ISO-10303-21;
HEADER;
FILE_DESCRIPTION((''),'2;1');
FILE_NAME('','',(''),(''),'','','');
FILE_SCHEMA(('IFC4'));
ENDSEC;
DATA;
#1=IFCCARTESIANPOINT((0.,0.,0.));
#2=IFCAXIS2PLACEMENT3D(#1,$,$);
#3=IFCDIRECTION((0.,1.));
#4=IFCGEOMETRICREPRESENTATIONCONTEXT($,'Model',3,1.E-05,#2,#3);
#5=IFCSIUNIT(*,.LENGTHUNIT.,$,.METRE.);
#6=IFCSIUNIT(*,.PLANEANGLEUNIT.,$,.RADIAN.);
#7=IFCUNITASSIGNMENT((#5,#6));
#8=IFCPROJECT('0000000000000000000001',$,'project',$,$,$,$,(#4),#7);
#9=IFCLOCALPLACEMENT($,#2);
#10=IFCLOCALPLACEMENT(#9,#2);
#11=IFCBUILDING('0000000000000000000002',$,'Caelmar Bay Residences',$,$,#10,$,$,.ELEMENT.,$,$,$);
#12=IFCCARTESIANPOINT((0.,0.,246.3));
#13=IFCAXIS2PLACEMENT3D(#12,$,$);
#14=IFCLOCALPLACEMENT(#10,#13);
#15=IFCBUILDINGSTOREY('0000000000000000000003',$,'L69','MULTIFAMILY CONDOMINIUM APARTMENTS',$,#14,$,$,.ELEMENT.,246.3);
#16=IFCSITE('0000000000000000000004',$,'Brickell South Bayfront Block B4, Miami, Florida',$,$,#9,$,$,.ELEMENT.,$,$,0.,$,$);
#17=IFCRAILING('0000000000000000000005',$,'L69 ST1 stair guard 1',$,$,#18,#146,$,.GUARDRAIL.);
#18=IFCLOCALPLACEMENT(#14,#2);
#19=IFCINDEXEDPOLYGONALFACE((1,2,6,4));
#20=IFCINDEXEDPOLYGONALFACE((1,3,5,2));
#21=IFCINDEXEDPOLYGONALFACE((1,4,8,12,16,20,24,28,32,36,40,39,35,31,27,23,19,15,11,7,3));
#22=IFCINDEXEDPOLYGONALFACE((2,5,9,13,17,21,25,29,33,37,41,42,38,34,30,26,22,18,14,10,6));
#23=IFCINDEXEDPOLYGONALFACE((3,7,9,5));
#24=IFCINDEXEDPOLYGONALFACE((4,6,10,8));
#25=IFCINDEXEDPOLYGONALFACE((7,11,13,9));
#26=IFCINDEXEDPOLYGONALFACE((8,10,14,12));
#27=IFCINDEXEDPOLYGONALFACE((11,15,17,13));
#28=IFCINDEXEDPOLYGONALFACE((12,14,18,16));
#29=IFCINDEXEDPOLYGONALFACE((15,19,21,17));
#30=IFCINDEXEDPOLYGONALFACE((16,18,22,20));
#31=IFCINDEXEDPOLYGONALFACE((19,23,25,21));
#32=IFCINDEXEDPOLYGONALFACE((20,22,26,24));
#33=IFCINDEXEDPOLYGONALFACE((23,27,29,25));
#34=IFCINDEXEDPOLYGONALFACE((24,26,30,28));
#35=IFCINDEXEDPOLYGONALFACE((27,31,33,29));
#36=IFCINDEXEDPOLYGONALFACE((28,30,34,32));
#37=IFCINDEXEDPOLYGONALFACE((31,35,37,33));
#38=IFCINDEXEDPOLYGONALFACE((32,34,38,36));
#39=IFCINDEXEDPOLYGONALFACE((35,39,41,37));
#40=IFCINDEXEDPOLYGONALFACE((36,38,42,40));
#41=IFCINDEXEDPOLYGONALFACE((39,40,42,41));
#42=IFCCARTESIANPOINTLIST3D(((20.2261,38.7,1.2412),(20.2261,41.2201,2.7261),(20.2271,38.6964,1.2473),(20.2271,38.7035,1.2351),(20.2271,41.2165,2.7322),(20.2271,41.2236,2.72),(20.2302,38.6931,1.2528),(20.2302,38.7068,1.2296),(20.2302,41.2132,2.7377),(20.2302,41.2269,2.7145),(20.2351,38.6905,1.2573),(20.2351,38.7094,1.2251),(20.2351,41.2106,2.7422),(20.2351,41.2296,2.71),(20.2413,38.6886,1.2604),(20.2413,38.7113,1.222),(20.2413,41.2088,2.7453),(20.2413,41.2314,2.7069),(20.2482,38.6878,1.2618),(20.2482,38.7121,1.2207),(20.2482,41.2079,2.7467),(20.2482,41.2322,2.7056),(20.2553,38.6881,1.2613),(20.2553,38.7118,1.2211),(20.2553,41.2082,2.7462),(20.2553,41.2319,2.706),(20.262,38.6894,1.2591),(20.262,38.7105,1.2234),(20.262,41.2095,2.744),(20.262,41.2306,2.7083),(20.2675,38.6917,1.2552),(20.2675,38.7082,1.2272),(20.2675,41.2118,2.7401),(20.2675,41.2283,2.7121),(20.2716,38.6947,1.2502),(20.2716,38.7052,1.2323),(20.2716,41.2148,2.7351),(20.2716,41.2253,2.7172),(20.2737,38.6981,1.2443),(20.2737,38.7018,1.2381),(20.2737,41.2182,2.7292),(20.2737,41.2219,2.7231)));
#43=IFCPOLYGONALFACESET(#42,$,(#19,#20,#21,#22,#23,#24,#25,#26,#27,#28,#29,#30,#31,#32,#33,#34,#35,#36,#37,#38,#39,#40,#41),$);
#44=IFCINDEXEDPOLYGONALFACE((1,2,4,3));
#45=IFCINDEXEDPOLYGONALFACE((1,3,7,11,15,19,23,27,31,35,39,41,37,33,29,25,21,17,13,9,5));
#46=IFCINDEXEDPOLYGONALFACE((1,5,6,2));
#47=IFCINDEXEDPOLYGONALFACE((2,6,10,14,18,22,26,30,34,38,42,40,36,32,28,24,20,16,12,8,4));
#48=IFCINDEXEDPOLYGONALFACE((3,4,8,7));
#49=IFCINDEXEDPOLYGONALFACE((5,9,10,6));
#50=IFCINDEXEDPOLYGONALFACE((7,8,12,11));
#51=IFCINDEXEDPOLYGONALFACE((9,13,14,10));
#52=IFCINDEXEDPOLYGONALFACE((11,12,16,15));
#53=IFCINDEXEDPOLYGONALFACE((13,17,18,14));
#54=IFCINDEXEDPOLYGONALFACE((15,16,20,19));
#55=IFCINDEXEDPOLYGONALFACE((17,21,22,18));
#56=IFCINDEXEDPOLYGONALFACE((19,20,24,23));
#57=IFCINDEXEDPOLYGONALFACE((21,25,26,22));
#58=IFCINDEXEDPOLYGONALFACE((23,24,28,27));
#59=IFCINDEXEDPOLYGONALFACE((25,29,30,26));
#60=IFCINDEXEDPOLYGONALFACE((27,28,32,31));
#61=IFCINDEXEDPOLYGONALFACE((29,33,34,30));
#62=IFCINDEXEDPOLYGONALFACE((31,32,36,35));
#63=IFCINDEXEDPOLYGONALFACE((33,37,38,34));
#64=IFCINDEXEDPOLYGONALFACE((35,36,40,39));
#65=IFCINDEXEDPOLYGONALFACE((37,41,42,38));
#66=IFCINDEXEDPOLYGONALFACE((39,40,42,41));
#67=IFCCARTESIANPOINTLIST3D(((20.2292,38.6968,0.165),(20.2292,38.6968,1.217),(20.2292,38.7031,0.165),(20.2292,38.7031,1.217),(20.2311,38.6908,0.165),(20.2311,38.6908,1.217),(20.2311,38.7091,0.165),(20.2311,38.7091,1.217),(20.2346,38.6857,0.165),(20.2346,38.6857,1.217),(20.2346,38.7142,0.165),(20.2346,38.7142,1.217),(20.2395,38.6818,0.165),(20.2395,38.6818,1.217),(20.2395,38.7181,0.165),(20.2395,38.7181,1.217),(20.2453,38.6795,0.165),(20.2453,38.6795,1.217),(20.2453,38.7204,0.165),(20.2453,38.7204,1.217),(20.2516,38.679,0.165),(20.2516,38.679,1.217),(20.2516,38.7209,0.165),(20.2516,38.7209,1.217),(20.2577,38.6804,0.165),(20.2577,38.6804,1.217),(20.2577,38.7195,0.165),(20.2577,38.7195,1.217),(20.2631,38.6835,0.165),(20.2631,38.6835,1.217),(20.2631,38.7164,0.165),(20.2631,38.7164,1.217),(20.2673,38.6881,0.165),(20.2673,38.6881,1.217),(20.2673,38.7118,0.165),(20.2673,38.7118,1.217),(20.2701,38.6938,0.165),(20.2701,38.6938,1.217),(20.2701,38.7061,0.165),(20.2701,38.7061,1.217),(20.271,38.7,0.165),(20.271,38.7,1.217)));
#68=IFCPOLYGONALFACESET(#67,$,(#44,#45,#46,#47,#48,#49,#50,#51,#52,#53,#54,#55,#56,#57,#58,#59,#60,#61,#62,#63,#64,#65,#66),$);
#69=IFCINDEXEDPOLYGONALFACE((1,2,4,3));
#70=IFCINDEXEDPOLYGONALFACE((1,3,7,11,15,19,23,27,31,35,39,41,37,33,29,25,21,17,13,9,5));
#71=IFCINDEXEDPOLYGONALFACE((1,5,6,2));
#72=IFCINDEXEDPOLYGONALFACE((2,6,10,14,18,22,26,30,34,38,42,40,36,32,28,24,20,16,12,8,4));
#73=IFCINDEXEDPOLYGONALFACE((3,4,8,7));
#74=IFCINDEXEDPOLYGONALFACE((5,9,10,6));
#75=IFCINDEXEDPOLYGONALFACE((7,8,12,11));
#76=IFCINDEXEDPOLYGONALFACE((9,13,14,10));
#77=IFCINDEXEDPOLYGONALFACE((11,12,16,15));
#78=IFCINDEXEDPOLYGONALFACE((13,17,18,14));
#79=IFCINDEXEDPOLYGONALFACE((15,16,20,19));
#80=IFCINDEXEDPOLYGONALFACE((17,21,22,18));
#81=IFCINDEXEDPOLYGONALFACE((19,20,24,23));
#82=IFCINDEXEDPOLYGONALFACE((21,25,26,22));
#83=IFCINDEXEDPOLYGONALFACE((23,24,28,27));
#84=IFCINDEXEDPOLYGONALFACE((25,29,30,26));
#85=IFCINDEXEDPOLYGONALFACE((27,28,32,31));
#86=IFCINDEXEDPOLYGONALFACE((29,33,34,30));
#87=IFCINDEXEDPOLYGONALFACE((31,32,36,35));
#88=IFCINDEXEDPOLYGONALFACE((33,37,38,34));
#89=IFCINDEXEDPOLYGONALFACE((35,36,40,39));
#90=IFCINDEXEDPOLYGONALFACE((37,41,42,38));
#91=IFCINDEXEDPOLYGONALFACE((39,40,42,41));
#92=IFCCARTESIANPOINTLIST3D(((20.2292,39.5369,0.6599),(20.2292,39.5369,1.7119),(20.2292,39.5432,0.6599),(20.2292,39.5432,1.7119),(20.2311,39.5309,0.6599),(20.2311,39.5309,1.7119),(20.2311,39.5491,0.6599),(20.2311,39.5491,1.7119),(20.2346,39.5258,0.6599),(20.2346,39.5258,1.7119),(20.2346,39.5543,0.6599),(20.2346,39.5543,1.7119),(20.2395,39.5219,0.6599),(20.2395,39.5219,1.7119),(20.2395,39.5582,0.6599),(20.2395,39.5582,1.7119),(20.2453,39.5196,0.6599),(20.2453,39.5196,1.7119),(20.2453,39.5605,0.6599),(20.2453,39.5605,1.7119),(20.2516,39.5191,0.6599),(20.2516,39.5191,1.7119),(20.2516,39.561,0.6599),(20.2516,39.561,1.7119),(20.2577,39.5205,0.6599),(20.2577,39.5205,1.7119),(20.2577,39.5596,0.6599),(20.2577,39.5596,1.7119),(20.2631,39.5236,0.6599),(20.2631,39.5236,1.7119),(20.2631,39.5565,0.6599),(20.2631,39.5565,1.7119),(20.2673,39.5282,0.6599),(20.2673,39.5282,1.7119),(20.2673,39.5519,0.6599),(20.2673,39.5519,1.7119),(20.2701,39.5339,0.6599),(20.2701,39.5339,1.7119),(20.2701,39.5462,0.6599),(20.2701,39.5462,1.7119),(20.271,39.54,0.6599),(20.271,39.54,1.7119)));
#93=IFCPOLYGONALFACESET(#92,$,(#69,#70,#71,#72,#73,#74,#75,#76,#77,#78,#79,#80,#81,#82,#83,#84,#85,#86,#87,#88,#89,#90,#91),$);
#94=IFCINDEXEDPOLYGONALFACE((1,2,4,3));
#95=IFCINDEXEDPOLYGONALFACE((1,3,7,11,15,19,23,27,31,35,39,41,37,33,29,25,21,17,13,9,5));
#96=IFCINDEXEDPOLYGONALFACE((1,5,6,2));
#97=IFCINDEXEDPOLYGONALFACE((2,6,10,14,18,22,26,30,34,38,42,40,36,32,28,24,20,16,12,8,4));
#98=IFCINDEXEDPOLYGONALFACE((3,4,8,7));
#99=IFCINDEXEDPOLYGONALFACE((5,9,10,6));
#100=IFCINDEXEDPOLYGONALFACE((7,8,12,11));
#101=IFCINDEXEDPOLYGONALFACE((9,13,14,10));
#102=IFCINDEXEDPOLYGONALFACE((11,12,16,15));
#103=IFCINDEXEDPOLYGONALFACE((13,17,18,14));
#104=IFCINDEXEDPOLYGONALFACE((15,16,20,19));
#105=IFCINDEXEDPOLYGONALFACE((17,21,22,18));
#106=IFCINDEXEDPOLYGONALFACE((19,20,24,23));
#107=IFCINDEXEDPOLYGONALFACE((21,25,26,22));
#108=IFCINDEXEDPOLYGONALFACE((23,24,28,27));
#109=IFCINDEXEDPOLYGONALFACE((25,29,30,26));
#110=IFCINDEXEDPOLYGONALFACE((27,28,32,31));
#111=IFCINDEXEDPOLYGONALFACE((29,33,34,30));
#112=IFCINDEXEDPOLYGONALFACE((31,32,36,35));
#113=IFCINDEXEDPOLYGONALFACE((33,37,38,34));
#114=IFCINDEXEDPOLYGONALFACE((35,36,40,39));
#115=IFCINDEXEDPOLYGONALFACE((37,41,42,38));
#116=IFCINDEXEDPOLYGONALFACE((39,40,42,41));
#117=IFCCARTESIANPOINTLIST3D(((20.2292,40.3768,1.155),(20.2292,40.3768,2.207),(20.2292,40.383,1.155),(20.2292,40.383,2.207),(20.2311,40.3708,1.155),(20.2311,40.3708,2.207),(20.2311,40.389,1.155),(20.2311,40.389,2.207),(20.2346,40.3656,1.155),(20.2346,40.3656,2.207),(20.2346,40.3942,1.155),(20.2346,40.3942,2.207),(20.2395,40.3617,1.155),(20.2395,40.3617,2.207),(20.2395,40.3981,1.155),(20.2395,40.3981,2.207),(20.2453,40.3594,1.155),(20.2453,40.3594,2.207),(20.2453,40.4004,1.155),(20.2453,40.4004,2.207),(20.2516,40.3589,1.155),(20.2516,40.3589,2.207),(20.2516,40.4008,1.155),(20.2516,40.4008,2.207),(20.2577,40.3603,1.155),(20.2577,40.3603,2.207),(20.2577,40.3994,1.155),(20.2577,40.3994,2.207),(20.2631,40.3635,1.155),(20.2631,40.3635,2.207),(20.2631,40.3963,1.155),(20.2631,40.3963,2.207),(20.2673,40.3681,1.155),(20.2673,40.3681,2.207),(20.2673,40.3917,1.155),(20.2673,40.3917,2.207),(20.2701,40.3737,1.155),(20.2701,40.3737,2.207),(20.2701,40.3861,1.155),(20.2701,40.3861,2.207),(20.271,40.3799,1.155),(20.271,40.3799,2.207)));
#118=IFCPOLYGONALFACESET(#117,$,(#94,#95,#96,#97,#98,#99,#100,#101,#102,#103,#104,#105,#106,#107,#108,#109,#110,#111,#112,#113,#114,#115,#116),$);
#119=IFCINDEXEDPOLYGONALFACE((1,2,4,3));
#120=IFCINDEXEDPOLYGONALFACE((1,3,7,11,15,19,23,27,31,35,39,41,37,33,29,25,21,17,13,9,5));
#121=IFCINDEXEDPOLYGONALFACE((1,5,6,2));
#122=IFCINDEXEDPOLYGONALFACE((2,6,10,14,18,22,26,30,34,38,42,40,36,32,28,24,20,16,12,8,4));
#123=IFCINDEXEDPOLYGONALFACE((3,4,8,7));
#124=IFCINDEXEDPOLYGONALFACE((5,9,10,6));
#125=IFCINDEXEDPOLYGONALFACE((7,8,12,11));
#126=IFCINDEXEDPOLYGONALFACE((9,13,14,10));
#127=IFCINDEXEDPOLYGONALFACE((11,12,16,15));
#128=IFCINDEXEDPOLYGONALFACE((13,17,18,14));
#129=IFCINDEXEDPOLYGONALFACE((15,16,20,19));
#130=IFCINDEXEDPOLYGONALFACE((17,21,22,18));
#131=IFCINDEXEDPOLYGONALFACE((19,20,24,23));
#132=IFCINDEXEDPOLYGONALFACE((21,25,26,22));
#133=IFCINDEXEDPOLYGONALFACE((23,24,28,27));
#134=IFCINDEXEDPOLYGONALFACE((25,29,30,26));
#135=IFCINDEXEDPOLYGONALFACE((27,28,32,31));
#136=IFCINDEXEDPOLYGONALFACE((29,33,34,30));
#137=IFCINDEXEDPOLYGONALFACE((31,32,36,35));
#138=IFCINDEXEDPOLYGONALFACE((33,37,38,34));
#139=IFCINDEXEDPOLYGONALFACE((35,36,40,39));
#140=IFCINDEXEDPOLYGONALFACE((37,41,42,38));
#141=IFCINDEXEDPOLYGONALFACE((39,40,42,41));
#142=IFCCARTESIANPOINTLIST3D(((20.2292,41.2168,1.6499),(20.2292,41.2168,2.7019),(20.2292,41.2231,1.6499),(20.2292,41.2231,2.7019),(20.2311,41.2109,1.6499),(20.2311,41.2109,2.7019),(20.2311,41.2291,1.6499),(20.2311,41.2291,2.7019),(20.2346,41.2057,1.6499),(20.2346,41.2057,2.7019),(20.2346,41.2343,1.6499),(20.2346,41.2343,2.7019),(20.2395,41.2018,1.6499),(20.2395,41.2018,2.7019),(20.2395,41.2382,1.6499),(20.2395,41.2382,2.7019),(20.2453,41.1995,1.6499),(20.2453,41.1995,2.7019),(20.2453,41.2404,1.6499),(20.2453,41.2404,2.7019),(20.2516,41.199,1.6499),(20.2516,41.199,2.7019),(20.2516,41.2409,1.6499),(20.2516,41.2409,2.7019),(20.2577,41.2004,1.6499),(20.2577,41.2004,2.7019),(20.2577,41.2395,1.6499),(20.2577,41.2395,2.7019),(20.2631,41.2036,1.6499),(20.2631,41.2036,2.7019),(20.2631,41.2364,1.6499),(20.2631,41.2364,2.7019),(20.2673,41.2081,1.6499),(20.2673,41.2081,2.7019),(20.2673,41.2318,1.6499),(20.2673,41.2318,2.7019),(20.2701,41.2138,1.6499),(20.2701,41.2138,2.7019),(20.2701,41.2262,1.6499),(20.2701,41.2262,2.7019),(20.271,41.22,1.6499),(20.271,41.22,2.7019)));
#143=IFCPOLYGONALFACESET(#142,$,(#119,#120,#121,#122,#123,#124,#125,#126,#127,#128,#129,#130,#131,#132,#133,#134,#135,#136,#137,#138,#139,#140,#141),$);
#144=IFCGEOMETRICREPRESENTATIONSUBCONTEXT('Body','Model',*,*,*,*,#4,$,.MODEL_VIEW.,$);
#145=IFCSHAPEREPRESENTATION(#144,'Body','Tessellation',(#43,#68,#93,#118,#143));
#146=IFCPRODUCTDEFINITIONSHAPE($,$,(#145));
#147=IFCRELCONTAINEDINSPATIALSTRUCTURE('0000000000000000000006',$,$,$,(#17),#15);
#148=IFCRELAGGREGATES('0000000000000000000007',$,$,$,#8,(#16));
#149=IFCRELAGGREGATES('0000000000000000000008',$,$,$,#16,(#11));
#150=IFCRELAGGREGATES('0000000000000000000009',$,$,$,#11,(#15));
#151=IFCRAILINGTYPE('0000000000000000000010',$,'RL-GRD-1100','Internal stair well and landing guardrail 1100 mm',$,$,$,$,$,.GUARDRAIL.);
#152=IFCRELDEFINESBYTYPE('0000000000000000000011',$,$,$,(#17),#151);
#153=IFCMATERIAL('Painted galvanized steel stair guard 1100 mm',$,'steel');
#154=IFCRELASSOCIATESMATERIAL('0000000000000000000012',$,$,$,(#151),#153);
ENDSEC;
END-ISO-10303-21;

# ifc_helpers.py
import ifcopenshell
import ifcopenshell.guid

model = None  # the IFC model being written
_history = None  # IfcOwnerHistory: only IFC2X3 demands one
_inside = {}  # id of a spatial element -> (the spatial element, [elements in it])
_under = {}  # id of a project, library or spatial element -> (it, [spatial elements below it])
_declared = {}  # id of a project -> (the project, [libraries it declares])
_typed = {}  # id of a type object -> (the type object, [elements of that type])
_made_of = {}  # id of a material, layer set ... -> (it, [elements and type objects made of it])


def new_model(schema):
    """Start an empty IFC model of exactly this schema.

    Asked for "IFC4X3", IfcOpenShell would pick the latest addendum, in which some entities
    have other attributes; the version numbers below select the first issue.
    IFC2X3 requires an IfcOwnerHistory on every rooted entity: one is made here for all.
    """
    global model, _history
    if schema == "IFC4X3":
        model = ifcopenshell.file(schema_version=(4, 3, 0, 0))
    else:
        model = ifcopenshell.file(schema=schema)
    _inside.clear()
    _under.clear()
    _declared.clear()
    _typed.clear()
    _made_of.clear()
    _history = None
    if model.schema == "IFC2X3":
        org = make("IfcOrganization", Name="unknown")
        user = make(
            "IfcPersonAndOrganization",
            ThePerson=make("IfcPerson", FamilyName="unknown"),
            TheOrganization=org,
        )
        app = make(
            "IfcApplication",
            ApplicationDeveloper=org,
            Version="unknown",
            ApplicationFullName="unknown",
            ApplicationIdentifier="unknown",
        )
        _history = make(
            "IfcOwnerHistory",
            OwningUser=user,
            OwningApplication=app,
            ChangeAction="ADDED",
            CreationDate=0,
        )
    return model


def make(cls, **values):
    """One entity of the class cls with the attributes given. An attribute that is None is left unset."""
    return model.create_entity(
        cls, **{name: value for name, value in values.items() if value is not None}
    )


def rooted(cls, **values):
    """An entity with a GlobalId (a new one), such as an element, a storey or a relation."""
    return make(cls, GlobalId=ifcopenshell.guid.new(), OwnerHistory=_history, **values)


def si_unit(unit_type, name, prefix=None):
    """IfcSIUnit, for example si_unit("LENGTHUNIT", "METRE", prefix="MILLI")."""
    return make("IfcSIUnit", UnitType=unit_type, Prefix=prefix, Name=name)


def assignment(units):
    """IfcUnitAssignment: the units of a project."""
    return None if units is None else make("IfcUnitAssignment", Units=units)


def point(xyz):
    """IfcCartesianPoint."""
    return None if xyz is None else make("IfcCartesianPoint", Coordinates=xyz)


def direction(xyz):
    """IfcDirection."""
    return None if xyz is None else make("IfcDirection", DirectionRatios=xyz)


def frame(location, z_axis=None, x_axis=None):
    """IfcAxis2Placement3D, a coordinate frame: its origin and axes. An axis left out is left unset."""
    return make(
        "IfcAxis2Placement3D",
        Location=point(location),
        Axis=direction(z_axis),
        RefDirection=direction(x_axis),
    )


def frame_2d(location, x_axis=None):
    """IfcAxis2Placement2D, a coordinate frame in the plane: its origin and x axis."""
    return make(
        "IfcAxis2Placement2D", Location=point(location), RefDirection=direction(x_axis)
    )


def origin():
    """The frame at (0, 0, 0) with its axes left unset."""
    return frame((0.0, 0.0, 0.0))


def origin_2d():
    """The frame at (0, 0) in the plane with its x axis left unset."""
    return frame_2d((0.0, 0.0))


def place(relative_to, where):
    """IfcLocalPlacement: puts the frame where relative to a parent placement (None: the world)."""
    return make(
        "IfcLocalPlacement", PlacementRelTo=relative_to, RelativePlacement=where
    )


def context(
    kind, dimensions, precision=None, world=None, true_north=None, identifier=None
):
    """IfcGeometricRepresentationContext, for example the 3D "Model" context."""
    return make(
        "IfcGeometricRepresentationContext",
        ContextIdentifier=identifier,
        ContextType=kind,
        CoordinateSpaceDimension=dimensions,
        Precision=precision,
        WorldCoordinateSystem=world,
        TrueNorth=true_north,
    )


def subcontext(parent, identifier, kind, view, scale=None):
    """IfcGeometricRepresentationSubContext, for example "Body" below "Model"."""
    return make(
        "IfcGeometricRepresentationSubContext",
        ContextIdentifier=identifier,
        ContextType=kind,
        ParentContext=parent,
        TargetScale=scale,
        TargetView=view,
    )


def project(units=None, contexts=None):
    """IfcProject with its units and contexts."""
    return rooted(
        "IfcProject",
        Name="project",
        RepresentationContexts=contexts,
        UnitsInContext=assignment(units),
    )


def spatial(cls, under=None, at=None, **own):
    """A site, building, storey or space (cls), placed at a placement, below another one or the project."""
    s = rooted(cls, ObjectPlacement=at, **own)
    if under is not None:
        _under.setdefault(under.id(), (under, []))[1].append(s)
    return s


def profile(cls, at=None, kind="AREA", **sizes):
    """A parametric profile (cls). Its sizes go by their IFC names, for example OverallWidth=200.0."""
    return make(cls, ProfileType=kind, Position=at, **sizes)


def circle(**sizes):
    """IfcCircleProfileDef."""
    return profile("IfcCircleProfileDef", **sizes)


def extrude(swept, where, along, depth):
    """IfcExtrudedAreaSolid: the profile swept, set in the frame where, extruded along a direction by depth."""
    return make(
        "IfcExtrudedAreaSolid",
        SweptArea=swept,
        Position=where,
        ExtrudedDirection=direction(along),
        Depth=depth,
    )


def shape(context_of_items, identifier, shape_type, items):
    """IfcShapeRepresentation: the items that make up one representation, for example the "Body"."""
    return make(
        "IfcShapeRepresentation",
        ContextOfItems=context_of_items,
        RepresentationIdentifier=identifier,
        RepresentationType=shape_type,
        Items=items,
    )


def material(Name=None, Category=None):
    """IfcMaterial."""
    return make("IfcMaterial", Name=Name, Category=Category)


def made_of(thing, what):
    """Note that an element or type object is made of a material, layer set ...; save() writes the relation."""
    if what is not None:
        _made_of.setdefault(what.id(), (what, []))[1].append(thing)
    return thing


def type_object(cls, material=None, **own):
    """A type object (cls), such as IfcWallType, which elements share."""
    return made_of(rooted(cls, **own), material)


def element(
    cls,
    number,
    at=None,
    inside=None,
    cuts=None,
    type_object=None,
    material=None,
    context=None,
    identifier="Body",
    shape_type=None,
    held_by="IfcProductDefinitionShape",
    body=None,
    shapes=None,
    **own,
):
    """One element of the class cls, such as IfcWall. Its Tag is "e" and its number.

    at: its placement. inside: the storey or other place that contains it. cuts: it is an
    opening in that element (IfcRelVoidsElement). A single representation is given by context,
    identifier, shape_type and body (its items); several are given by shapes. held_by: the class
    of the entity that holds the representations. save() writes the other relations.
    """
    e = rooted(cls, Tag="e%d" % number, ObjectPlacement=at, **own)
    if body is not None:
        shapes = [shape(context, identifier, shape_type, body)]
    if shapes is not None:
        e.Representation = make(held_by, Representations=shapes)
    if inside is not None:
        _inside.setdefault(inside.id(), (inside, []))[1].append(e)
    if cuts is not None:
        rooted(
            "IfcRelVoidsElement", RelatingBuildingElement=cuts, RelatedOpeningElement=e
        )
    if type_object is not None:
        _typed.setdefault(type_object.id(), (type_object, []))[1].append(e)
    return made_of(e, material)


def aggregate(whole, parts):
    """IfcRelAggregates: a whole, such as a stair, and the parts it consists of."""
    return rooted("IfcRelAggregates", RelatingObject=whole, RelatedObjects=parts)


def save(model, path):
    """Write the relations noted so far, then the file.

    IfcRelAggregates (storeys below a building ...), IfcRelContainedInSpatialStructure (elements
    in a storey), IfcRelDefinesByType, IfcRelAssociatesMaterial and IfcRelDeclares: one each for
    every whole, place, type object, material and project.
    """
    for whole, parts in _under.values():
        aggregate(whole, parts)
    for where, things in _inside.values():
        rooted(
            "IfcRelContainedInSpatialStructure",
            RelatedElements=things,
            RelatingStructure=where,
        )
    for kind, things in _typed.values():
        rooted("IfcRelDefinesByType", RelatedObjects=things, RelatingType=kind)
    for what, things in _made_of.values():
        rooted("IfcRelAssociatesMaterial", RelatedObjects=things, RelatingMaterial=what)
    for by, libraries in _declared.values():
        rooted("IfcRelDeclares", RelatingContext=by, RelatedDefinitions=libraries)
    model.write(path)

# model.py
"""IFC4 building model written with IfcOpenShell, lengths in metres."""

from ifc_helpers import new_model, si_unit, direction, frame, origin, origin_2d, place, context, subcontext, project, spatial, circle, extrude, material, type_object, element, save


model = new_model("IFC4")

# Units and contexts
model_context = context("Model", 3, precision=1e-05, world=origin(), true_north=direction((0.0, 1.0)))
body_context = subcontext(model_context, "Body", "Model", "MODEL_VIEW")
ifc_project = project(units=[si_unit("LENGTHUNIT", "METRE"), si_unit("PLANEANGLEUNIT", "RADIAN")], contexts=[model_context])

# Site, building, storey
site_placement = place(None, origin())
site = spatial("IfcSite", under=ifc_project, at=site_placement, Name="Brickell South Bayfront Block B4, Miami, Florida", CompositionType="ELEMENT", RefElevation=0.0)
building_placement = place(site_placement, origin())
building = spatial("IfcBuilding", under=site, at=building_placement, Name="Caelmar Bay Residences", CompositionType="ELEMENT")
storey_placement = place(building_placement, frame((0.0, 0.0, 246.3)))
storey = spatial("IfcBuildingStorey", under=building, at=storey_placement, Name="L69", Description="MULTIFAMILY CONDOMINIUM APARTMENTS", CompositionType="ELEMENT", Elevation=246.3)

# Railing
ifc_material_1 = material(Name="Painted galvanized steel stair guard 1100 mm", Category="steel")
railing_type_1 = type_object("IfcRailingType", Name="RL-GRD-1100", Description="Internal stair well and landing guardrail 1100 mm", PredefinedType="GUARDRAIL", material=ifc_material_1)
railing_1_placement = place(storey_placement, frame((20.25, 38.7, 0.165)))
element("IfcRailing", 1, at=railing_1_placement, inside=storey, type_object=railing_type_1, Name="L69 ST1 stair guard 1", PredefinedType="GUARDRAIL", context=body_context, shape_type="SweptSolid", body=[
    extrude(circle(Radius=0.0239, at=origin_2d()), frame((0.0, 0.0, 1.0762), z_axis=(0.0, 0.861561, 0.507655), x_axis=(-1.0, 0.0, 0.0)), (0.0, 0.0, 1.0), 2.925),
    extrude(circle(Radius=0.021, at=origin_2d()), origin(), (0.0, 0.0, 1.0), 1.052),
    extrude(circle(Radius=0.021, at=origin_2d()), frame((0.0, 0.8401, 0.4949)), (0.0, 0.0, 1.0), 1.052),
    extrude(circle(Radius=0.021, at=origin_2d()), frame((0.0, 1.6799, 0.99)), (0.0, 0.0, 1.0), 1.052),
    extrude(circle(Radius=0.021, at=origin_2d()), frame((0.0, 2.52, 1.4849)), (0.0, 0.0, 1.0), 1.052),
])

save(model, "model.ifc")
